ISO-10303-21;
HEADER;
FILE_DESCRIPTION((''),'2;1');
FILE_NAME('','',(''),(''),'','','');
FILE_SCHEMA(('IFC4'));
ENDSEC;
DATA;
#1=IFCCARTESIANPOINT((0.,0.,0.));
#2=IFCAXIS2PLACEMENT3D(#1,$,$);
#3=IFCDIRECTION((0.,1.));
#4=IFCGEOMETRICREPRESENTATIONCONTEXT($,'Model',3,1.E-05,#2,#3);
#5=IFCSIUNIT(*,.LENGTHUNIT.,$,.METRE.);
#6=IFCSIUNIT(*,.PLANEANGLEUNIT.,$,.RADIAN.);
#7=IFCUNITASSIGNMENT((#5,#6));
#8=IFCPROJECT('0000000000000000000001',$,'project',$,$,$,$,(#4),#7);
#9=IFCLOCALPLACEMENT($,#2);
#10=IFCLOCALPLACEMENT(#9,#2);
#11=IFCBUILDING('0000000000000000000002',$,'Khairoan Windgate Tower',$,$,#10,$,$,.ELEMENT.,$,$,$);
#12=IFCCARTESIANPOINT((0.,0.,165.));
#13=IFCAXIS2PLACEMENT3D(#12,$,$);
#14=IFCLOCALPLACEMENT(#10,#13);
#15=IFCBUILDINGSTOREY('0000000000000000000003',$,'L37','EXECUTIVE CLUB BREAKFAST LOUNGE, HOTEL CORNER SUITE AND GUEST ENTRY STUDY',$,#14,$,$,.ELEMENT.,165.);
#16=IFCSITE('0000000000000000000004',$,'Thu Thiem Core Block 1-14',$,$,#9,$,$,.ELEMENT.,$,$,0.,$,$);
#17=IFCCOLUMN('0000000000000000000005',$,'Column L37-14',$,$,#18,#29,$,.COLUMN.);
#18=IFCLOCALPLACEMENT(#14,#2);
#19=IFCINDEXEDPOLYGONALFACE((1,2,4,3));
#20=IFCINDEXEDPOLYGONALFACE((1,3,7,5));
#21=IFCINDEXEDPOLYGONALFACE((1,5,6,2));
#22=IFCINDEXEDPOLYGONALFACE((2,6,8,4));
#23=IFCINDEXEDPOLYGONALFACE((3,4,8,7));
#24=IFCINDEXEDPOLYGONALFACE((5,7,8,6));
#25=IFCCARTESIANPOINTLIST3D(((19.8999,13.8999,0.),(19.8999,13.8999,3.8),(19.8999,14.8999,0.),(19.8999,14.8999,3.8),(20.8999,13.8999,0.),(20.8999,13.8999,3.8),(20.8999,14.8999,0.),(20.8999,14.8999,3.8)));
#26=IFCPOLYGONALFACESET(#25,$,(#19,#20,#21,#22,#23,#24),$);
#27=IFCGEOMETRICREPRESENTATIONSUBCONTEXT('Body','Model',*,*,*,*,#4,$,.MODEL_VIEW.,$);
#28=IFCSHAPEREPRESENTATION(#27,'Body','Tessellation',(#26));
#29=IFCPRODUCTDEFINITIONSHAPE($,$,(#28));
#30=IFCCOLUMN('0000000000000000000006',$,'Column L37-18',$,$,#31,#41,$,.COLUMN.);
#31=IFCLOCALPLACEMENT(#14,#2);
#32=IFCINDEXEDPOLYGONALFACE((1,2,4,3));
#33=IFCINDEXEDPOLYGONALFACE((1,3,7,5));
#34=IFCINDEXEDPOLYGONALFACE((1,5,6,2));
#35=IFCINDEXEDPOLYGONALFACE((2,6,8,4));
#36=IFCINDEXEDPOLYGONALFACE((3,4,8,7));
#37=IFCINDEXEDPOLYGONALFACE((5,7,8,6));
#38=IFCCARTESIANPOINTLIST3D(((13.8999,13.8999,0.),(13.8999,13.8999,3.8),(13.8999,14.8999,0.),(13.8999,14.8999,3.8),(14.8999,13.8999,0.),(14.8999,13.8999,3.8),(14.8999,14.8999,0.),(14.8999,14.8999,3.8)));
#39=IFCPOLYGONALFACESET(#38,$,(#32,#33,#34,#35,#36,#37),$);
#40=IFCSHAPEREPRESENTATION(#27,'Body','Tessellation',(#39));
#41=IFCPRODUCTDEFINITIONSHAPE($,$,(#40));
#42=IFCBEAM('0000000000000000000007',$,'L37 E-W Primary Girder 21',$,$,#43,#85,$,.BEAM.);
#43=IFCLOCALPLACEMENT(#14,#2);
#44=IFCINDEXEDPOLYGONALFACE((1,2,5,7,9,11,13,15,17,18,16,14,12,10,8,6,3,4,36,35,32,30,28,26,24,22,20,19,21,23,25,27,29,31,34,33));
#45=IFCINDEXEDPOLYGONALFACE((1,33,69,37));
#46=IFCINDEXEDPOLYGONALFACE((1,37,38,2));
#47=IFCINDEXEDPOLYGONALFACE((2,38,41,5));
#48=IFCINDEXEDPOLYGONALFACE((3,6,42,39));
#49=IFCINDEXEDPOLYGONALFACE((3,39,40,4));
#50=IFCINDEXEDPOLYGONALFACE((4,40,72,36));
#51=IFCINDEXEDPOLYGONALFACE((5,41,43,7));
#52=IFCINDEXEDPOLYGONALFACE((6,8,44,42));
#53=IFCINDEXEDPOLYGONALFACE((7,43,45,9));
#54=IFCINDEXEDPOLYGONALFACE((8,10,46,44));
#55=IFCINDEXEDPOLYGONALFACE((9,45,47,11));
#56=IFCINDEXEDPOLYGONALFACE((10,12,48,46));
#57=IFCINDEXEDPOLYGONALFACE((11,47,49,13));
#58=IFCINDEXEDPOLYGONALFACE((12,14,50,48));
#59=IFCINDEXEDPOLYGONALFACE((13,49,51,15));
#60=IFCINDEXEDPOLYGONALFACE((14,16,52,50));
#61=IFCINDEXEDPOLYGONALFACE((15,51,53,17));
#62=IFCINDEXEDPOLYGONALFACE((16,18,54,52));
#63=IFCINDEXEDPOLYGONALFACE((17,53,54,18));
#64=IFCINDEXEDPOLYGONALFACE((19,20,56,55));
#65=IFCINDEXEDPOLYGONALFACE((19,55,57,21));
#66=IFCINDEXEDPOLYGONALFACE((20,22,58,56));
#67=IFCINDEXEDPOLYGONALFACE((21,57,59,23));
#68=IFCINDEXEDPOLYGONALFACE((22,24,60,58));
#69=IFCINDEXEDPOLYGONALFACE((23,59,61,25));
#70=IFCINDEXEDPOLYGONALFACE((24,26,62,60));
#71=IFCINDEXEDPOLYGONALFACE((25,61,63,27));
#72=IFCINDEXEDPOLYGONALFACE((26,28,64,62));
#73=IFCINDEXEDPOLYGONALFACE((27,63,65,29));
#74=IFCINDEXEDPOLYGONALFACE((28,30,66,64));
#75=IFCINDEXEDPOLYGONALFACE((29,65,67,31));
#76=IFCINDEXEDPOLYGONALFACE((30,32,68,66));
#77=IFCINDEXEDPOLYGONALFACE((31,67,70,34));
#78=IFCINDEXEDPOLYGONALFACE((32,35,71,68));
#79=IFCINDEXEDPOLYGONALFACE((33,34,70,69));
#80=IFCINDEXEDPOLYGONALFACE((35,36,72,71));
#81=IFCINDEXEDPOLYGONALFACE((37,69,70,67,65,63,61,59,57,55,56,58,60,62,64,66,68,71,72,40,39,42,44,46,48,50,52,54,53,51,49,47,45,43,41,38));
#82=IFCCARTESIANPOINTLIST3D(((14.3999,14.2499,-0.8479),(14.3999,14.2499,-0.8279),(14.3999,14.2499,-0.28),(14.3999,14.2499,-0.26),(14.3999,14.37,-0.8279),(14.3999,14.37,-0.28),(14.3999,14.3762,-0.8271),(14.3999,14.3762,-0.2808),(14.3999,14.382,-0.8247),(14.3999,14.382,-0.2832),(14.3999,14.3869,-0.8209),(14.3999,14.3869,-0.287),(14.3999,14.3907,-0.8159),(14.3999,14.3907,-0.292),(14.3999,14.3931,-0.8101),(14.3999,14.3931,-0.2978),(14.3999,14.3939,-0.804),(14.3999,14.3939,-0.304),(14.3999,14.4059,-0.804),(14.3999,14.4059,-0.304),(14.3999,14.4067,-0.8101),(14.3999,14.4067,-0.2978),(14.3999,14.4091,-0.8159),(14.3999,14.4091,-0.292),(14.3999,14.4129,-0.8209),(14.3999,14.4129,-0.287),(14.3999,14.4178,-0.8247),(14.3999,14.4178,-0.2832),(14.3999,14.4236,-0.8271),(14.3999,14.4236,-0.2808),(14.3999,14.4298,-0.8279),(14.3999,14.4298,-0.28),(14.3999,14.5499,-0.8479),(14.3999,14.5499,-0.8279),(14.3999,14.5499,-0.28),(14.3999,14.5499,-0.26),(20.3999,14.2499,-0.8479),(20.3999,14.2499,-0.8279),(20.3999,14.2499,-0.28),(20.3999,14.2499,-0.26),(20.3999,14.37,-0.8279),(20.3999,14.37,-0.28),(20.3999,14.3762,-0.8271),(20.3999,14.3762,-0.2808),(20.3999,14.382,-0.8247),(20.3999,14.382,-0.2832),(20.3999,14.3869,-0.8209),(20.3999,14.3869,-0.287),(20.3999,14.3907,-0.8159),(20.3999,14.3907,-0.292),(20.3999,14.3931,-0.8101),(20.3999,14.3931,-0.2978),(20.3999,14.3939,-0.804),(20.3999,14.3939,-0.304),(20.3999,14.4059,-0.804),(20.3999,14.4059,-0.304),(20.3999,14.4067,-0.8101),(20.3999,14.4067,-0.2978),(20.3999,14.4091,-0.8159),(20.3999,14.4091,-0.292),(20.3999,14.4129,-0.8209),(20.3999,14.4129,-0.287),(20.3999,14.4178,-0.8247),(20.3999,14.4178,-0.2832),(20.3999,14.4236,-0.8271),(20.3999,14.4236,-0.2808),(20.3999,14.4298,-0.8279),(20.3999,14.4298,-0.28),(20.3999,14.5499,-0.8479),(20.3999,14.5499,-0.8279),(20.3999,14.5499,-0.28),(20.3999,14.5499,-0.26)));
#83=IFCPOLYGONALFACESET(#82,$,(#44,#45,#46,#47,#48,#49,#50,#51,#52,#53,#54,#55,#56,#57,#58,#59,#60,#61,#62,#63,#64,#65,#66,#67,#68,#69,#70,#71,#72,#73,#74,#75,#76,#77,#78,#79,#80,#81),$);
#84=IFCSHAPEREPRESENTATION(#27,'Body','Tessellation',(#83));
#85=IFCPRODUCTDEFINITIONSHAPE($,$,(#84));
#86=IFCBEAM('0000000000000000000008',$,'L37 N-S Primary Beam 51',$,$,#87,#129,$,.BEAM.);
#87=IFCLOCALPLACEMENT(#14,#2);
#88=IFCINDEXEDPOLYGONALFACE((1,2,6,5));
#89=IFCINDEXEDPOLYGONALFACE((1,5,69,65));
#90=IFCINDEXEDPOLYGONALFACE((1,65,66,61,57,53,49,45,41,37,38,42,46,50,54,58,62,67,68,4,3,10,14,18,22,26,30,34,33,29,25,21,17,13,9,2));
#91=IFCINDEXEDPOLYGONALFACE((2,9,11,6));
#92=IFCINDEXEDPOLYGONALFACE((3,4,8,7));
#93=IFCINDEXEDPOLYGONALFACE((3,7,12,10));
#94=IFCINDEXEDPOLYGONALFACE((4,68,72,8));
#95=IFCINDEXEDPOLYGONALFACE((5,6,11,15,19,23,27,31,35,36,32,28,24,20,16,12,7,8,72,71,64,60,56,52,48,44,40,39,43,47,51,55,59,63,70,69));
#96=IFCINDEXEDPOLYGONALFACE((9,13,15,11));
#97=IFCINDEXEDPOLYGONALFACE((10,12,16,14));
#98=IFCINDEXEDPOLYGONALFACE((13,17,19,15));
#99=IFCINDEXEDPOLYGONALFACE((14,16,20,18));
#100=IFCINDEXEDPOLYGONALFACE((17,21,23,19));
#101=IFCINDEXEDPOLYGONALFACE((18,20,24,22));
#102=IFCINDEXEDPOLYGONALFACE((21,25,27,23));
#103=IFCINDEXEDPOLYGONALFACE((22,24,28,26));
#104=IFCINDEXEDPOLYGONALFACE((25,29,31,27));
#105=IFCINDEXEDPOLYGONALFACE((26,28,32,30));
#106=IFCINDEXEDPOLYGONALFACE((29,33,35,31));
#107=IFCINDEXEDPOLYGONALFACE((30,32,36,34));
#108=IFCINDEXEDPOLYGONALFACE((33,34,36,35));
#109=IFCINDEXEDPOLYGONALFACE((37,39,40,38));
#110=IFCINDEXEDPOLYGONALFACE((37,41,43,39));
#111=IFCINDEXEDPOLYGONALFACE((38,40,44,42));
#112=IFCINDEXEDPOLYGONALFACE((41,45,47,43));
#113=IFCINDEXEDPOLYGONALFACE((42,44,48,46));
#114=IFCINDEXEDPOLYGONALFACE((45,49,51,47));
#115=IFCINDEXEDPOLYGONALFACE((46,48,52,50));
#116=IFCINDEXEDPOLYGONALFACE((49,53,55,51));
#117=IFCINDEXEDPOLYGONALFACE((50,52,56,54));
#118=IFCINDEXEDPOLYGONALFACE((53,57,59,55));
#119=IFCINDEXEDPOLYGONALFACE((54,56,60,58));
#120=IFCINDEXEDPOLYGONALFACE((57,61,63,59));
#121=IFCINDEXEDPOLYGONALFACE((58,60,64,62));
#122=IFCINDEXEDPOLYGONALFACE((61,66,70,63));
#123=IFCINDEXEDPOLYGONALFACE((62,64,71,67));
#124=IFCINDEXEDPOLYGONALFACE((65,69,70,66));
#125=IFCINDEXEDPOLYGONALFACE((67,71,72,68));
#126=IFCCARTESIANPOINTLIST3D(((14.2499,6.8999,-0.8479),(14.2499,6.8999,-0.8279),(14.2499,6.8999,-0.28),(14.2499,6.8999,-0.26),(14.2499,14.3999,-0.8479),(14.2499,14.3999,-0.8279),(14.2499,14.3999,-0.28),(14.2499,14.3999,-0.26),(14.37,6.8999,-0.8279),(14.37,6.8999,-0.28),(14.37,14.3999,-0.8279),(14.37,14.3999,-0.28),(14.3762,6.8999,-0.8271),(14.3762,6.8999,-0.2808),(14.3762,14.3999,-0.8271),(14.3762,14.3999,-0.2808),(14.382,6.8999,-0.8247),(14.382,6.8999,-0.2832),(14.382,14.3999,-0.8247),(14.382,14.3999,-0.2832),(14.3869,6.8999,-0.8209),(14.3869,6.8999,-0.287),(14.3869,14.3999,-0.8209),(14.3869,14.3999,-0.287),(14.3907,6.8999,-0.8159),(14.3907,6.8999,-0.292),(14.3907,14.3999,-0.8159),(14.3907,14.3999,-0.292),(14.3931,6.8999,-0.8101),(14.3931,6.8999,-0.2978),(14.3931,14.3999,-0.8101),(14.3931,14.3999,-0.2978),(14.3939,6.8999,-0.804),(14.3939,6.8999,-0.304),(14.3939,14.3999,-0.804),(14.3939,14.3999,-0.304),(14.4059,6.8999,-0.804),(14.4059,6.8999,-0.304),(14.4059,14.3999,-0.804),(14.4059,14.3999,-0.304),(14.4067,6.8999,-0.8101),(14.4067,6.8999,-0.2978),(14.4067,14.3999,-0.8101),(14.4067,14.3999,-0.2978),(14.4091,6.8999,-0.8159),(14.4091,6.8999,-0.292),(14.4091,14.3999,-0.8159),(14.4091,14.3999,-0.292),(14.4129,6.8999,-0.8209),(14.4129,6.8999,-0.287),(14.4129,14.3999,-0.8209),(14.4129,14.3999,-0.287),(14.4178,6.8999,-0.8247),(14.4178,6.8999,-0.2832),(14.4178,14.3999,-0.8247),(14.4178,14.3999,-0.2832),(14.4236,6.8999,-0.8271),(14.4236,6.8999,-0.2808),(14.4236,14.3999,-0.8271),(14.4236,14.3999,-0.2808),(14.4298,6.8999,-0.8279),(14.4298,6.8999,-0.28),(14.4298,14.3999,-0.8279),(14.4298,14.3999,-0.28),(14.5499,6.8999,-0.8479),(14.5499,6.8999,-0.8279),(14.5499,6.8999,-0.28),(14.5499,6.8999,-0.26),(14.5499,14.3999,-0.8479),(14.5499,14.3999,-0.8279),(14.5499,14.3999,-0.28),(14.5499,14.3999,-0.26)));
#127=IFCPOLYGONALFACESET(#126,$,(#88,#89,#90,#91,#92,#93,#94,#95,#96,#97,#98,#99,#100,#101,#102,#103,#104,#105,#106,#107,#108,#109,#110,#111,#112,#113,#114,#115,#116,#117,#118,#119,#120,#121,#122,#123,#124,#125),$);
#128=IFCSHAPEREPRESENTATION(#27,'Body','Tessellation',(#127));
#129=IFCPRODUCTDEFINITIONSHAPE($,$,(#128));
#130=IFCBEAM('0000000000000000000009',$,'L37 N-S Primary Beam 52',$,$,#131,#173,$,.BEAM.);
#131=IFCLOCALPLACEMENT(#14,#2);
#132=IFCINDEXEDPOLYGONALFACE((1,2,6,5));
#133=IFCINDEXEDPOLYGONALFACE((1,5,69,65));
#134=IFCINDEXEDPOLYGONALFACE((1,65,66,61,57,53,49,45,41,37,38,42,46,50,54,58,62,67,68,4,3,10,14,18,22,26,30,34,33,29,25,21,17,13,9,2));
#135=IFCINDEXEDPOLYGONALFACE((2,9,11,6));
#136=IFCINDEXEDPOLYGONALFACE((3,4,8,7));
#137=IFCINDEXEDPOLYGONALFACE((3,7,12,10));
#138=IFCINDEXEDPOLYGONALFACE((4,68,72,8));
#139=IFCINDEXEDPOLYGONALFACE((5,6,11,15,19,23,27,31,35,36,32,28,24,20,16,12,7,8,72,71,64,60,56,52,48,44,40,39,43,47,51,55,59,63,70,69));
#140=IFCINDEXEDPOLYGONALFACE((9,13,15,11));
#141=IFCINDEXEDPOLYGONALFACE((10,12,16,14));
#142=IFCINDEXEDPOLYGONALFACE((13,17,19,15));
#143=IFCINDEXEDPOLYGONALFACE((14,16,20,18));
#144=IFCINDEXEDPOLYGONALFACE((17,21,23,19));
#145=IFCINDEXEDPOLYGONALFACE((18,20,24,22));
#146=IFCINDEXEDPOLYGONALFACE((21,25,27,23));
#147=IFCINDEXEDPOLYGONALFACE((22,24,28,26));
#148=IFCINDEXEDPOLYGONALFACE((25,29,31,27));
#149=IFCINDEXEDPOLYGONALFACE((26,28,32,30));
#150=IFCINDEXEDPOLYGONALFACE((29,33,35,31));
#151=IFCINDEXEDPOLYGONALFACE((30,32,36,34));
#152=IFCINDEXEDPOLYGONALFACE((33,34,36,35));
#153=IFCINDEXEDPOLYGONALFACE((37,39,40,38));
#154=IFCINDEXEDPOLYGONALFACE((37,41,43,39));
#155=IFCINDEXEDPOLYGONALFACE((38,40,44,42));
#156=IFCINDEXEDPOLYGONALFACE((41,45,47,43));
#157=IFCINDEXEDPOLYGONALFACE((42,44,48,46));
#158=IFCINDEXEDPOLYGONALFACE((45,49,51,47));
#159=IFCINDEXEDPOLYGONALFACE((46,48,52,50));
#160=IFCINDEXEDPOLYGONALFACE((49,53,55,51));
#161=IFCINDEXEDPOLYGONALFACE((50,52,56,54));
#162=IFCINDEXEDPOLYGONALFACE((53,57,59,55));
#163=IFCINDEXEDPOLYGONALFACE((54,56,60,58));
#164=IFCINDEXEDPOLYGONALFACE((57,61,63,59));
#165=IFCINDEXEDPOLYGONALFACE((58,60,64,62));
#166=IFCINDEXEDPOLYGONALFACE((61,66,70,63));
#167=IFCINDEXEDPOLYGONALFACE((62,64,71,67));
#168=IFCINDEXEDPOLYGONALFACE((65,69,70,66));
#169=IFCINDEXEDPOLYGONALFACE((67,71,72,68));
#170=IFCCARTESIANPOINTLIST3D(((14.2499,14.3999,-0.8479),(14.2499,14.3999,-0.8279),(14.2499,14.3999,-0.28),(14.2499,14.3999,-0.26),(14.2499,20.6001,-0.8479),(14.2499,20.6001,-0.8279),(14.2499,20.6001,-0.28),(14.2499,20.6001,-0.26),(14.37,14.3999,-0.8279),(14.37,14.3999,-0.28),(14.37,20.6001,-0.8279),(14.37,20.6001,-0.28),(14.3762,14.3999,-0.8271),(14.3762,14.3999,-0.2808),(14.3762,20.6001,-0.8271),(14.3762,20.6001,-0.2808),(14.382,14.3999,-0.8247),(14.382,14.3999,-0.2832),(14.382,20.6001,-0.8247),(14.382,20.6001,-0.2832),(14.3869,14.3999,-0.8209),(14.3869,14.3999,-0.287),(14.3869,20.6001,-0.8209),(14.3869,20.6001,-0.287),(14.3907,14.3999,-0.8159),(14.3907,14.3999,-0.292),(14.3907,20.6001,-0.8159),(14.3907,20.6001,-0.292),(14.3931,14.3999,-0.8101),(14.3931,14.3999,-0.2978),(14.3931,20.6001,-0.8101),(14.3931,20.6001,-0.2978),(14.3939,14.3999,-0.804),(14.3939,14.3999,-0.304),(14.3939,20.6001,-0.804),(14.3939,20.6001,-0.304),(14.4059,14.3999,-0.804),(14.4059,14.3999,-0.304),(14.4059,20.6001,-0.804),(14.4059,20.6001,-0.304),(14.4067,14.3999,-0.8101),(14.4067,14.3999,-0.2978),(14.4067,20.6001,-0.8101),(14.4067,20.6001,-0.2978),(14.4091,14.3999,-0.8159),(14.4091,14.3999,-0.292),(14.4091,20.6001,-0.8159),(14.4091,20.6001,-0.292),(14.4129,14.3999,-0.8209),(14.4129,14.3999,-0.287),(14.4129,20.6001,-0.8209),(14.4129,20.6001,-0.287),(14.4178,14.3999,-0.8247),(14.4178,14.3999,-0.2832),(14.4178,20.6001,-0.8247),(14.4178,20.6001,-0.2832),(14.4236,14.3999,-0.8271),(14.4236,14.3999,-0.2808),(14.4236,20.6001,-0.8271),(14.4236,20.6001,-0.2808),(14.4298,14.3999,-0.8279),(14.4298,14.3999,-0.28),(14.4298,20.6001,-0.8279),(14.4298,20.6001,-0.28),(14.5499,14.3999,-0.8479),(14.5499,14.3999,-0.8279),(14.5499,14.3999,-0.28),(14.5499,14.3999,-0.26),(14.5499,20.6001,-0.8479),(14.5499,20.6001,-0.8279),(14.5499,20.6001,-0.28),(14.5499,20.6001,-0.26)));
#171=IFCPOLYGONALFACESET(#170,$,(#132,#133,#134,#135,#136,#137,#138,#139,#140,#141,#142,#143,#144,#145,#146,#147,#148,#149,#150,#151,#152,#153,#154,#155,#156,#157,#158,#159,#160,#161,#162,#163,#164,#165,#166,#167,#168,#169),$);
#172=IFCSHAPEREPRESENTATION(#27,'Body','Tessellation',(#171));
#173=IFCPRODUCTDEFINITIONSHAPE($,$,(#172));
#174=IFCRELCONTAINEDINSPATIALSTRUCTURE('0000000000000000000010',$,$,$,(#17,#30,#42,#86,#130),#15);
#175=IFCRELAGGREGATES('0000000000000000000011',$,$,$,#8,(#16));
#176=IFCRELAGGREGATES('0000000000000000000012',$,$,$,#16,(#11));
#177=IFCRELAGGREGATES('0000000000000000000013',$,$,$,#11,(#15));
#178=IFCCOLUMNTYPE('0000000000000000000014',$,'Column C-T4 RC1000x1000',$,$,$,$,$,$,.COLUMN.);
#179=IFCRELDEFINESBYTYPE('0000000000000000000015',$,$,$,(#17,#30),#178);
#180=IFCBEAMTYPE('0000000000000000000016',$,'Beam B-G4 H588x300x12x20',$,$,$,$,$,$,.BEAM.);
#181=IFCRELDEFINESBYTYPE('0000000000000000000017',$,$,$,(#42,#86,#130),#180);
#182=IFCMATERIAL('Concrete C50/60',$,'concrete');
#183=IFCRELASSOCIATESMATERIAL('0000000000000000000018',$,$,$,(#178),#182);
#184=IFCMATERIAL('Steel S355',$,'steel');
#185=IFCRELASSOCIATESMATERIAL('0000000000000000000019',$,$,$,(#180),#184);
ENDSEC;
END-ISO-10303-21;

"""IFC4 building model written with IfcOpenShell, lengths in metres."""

from ifc_helpers import new_model, si_unit, direction, frame, origin, origin_2d, place, context, subcontext, project, spatial, rectangle, i_section, extrude, material, material_profile, profile_set, type_object, element, save


model = new_model("IFC4")

# Units and contexts
model_context = context("Model", 3, precision=1e-05, world=origin(), true_north=direction((0.0, 1.0)))
body_context = subcontext(model_context, "Body", "Model", "MODEL_VIEW")
ifc_project = project(units=[si_unit("LENGTHUNIT", "METRE"), si_unit("PLANEANGLEUNIT", "RADIAN")], contexts=[model_context])

# Site, building, storey
site_placement = place(None, origin())
site = spatial("IfcSite", under=ifc_project, at=site_placement, Name="Thu Thiem Core Block 1-14", CompositionType="ELEMENT", RefElevation=0.0)
building_placement = place(site_placement, origin())
building = spatial("IfcBuilding", under=site, at=building_placement, Name="Khairoan Windgate Tower", CompositionType="ELEMENT")
storey_placement = place(building_placement, frame((0.0, 0.0, 165.0)))
storey = spatial("IfcBuildingStorey", under=building, at=storey_placement, Name="L37", Description="EXECUTIVE CLUB BREAKFAST LOUNGE, HOTEL CORNER SUITE AND GUEST ENTRY STUDY", CompositionType="ELEMENT", Elevation=165.0)

# Columns
ifc_material_1 = material(Name="Concrete C50/60", Category="concrete")
ifc_material_profile_1 = material_profile(ifc_material_1, rectangle(XDim=1.0, YDim=1.0, at=origin_2d()))
ifc_profile_set_1 = profile_set([ifc_material_profile_1], Name="Concrete C50/60")
column_type = type_object("IfcColumnType", Name="Column C-T4 RC1000x1000", PredefinedType="COLUMN", material=ifc_profile_set_1)
for number, where, z_axis, x_axis, name in (
    (1, (20.3999, 14.3999, 0.0), (0.0, 0.0, 1.0), (1.0, 0.0, 0.0), "Column L37-14"),
    (2, (14.3999, 14.3999, 0.0), (0.0, 0.0, 1.0), (1.0, 0.0, 0.0), "Column L37-18"),
):
    element("IfcColumn", number, at=place(storey_placement, frame(where, z_axis=z_axis, x_axis=x_axis)), inside=storey, type_object=column_type, Name=name, PredefinedType="COLUMN", context=body_context, shape_type="SweptSolid", body=[
        extrude(rectangle(XDim=1.0, YDim=1.0, at=origin_2d()), origin(), (0.0, 0.0, 1.0), 3.8),
    ])

# Beams
ifc_material_2 = material(Name="Steel S355", Category="steel")
ifc_material_profile_2 = material_profile(ifc_material_2, i_section(OverallWidth=0.3, OverallDepth=0.5879, WebThickness=0.012, FlangeThickness=0.02, FilletRadius=0.0239, at=origin_2d()))
ifc_profile_set_2 = profile_set([ifc_material_profile_2], Name="Steel S355")
beam_type_1 = type_object("IfcBeamType", Name="Beam B-G4 H588x300x12x20", PredefinedType="BEAM", material=ifc_profile_set_2)
beam_1_placement = place(storey_placement, frame((14.3999, 14.3999, -0.554), z_axis=(1.0, 0.0, 0.0), x_axis=(0.0, 1.0, 0.0)))
element("IfcBeam", 3, at=beam_1_placement, inside=storey, type_object=beam_type_1, Name="L37 E-W Primary Girder 21", PredefinedType="BEAM", context=body_context, shape_type="SweptSolid", body=[
    extrude(i_section(OverallWidth=0.3, OverallDepth=0.5879, WebThickness=0.012, FlangeThickness=0.02, FilletRadius=0.0239, at=origin_2d()), origin(), (0.0, 0.0, 1.0), 6.0),
])
beam_2_placement = place(storey_placement, frame((14.3999, 6.8999, -0.554), z_axis=(0.0, 1.0, 0.0), x_axis=(-1.0, 0.0, 0.0)))
element("IfcBeam", 4, at=beam_2_placement, inside=storey, type_object=beam_type_1, Name="L37 N-S Primary Beam 51", PredefinedType="BEAM", context=body_context, shape_type="SweptSolid", body=[
    extrude(i_section(OverallWidth=0.3, OverallDepth=0.5879, WebThickness=0.012, FlangeThickness=0.02, FilletRadius=0.0239, at=origin_2d()), origin(), (0.0, 0.0, 1.0), 7.5),
])
beam_3_placement = place(storey_placement, frame((14.3999, 14.3999, -0.554), z_axis=(0.0, 1.0, 0.0), x_axis=(-1.0, 0.0, 0.0)))
element("IfcBeam", 5, at=beam_3_placement, inside=storey, type_object=beam_type_1, Name="L37 N-S Primary Beam 52", PredefinedType="BEAM", context=body_context, shape_type="SweptSolid", body=[
    extrude(i_section(OverallWidth=0.3, OverallDepth=0.5879, WebThickness=0.012, FlangeThickness=0.02, FilletRadius=0.0239, at=origin_2d()), origin(), (0.0, 0.0, 1.0), 6.2002),
])

save(model, "model.ifc")
